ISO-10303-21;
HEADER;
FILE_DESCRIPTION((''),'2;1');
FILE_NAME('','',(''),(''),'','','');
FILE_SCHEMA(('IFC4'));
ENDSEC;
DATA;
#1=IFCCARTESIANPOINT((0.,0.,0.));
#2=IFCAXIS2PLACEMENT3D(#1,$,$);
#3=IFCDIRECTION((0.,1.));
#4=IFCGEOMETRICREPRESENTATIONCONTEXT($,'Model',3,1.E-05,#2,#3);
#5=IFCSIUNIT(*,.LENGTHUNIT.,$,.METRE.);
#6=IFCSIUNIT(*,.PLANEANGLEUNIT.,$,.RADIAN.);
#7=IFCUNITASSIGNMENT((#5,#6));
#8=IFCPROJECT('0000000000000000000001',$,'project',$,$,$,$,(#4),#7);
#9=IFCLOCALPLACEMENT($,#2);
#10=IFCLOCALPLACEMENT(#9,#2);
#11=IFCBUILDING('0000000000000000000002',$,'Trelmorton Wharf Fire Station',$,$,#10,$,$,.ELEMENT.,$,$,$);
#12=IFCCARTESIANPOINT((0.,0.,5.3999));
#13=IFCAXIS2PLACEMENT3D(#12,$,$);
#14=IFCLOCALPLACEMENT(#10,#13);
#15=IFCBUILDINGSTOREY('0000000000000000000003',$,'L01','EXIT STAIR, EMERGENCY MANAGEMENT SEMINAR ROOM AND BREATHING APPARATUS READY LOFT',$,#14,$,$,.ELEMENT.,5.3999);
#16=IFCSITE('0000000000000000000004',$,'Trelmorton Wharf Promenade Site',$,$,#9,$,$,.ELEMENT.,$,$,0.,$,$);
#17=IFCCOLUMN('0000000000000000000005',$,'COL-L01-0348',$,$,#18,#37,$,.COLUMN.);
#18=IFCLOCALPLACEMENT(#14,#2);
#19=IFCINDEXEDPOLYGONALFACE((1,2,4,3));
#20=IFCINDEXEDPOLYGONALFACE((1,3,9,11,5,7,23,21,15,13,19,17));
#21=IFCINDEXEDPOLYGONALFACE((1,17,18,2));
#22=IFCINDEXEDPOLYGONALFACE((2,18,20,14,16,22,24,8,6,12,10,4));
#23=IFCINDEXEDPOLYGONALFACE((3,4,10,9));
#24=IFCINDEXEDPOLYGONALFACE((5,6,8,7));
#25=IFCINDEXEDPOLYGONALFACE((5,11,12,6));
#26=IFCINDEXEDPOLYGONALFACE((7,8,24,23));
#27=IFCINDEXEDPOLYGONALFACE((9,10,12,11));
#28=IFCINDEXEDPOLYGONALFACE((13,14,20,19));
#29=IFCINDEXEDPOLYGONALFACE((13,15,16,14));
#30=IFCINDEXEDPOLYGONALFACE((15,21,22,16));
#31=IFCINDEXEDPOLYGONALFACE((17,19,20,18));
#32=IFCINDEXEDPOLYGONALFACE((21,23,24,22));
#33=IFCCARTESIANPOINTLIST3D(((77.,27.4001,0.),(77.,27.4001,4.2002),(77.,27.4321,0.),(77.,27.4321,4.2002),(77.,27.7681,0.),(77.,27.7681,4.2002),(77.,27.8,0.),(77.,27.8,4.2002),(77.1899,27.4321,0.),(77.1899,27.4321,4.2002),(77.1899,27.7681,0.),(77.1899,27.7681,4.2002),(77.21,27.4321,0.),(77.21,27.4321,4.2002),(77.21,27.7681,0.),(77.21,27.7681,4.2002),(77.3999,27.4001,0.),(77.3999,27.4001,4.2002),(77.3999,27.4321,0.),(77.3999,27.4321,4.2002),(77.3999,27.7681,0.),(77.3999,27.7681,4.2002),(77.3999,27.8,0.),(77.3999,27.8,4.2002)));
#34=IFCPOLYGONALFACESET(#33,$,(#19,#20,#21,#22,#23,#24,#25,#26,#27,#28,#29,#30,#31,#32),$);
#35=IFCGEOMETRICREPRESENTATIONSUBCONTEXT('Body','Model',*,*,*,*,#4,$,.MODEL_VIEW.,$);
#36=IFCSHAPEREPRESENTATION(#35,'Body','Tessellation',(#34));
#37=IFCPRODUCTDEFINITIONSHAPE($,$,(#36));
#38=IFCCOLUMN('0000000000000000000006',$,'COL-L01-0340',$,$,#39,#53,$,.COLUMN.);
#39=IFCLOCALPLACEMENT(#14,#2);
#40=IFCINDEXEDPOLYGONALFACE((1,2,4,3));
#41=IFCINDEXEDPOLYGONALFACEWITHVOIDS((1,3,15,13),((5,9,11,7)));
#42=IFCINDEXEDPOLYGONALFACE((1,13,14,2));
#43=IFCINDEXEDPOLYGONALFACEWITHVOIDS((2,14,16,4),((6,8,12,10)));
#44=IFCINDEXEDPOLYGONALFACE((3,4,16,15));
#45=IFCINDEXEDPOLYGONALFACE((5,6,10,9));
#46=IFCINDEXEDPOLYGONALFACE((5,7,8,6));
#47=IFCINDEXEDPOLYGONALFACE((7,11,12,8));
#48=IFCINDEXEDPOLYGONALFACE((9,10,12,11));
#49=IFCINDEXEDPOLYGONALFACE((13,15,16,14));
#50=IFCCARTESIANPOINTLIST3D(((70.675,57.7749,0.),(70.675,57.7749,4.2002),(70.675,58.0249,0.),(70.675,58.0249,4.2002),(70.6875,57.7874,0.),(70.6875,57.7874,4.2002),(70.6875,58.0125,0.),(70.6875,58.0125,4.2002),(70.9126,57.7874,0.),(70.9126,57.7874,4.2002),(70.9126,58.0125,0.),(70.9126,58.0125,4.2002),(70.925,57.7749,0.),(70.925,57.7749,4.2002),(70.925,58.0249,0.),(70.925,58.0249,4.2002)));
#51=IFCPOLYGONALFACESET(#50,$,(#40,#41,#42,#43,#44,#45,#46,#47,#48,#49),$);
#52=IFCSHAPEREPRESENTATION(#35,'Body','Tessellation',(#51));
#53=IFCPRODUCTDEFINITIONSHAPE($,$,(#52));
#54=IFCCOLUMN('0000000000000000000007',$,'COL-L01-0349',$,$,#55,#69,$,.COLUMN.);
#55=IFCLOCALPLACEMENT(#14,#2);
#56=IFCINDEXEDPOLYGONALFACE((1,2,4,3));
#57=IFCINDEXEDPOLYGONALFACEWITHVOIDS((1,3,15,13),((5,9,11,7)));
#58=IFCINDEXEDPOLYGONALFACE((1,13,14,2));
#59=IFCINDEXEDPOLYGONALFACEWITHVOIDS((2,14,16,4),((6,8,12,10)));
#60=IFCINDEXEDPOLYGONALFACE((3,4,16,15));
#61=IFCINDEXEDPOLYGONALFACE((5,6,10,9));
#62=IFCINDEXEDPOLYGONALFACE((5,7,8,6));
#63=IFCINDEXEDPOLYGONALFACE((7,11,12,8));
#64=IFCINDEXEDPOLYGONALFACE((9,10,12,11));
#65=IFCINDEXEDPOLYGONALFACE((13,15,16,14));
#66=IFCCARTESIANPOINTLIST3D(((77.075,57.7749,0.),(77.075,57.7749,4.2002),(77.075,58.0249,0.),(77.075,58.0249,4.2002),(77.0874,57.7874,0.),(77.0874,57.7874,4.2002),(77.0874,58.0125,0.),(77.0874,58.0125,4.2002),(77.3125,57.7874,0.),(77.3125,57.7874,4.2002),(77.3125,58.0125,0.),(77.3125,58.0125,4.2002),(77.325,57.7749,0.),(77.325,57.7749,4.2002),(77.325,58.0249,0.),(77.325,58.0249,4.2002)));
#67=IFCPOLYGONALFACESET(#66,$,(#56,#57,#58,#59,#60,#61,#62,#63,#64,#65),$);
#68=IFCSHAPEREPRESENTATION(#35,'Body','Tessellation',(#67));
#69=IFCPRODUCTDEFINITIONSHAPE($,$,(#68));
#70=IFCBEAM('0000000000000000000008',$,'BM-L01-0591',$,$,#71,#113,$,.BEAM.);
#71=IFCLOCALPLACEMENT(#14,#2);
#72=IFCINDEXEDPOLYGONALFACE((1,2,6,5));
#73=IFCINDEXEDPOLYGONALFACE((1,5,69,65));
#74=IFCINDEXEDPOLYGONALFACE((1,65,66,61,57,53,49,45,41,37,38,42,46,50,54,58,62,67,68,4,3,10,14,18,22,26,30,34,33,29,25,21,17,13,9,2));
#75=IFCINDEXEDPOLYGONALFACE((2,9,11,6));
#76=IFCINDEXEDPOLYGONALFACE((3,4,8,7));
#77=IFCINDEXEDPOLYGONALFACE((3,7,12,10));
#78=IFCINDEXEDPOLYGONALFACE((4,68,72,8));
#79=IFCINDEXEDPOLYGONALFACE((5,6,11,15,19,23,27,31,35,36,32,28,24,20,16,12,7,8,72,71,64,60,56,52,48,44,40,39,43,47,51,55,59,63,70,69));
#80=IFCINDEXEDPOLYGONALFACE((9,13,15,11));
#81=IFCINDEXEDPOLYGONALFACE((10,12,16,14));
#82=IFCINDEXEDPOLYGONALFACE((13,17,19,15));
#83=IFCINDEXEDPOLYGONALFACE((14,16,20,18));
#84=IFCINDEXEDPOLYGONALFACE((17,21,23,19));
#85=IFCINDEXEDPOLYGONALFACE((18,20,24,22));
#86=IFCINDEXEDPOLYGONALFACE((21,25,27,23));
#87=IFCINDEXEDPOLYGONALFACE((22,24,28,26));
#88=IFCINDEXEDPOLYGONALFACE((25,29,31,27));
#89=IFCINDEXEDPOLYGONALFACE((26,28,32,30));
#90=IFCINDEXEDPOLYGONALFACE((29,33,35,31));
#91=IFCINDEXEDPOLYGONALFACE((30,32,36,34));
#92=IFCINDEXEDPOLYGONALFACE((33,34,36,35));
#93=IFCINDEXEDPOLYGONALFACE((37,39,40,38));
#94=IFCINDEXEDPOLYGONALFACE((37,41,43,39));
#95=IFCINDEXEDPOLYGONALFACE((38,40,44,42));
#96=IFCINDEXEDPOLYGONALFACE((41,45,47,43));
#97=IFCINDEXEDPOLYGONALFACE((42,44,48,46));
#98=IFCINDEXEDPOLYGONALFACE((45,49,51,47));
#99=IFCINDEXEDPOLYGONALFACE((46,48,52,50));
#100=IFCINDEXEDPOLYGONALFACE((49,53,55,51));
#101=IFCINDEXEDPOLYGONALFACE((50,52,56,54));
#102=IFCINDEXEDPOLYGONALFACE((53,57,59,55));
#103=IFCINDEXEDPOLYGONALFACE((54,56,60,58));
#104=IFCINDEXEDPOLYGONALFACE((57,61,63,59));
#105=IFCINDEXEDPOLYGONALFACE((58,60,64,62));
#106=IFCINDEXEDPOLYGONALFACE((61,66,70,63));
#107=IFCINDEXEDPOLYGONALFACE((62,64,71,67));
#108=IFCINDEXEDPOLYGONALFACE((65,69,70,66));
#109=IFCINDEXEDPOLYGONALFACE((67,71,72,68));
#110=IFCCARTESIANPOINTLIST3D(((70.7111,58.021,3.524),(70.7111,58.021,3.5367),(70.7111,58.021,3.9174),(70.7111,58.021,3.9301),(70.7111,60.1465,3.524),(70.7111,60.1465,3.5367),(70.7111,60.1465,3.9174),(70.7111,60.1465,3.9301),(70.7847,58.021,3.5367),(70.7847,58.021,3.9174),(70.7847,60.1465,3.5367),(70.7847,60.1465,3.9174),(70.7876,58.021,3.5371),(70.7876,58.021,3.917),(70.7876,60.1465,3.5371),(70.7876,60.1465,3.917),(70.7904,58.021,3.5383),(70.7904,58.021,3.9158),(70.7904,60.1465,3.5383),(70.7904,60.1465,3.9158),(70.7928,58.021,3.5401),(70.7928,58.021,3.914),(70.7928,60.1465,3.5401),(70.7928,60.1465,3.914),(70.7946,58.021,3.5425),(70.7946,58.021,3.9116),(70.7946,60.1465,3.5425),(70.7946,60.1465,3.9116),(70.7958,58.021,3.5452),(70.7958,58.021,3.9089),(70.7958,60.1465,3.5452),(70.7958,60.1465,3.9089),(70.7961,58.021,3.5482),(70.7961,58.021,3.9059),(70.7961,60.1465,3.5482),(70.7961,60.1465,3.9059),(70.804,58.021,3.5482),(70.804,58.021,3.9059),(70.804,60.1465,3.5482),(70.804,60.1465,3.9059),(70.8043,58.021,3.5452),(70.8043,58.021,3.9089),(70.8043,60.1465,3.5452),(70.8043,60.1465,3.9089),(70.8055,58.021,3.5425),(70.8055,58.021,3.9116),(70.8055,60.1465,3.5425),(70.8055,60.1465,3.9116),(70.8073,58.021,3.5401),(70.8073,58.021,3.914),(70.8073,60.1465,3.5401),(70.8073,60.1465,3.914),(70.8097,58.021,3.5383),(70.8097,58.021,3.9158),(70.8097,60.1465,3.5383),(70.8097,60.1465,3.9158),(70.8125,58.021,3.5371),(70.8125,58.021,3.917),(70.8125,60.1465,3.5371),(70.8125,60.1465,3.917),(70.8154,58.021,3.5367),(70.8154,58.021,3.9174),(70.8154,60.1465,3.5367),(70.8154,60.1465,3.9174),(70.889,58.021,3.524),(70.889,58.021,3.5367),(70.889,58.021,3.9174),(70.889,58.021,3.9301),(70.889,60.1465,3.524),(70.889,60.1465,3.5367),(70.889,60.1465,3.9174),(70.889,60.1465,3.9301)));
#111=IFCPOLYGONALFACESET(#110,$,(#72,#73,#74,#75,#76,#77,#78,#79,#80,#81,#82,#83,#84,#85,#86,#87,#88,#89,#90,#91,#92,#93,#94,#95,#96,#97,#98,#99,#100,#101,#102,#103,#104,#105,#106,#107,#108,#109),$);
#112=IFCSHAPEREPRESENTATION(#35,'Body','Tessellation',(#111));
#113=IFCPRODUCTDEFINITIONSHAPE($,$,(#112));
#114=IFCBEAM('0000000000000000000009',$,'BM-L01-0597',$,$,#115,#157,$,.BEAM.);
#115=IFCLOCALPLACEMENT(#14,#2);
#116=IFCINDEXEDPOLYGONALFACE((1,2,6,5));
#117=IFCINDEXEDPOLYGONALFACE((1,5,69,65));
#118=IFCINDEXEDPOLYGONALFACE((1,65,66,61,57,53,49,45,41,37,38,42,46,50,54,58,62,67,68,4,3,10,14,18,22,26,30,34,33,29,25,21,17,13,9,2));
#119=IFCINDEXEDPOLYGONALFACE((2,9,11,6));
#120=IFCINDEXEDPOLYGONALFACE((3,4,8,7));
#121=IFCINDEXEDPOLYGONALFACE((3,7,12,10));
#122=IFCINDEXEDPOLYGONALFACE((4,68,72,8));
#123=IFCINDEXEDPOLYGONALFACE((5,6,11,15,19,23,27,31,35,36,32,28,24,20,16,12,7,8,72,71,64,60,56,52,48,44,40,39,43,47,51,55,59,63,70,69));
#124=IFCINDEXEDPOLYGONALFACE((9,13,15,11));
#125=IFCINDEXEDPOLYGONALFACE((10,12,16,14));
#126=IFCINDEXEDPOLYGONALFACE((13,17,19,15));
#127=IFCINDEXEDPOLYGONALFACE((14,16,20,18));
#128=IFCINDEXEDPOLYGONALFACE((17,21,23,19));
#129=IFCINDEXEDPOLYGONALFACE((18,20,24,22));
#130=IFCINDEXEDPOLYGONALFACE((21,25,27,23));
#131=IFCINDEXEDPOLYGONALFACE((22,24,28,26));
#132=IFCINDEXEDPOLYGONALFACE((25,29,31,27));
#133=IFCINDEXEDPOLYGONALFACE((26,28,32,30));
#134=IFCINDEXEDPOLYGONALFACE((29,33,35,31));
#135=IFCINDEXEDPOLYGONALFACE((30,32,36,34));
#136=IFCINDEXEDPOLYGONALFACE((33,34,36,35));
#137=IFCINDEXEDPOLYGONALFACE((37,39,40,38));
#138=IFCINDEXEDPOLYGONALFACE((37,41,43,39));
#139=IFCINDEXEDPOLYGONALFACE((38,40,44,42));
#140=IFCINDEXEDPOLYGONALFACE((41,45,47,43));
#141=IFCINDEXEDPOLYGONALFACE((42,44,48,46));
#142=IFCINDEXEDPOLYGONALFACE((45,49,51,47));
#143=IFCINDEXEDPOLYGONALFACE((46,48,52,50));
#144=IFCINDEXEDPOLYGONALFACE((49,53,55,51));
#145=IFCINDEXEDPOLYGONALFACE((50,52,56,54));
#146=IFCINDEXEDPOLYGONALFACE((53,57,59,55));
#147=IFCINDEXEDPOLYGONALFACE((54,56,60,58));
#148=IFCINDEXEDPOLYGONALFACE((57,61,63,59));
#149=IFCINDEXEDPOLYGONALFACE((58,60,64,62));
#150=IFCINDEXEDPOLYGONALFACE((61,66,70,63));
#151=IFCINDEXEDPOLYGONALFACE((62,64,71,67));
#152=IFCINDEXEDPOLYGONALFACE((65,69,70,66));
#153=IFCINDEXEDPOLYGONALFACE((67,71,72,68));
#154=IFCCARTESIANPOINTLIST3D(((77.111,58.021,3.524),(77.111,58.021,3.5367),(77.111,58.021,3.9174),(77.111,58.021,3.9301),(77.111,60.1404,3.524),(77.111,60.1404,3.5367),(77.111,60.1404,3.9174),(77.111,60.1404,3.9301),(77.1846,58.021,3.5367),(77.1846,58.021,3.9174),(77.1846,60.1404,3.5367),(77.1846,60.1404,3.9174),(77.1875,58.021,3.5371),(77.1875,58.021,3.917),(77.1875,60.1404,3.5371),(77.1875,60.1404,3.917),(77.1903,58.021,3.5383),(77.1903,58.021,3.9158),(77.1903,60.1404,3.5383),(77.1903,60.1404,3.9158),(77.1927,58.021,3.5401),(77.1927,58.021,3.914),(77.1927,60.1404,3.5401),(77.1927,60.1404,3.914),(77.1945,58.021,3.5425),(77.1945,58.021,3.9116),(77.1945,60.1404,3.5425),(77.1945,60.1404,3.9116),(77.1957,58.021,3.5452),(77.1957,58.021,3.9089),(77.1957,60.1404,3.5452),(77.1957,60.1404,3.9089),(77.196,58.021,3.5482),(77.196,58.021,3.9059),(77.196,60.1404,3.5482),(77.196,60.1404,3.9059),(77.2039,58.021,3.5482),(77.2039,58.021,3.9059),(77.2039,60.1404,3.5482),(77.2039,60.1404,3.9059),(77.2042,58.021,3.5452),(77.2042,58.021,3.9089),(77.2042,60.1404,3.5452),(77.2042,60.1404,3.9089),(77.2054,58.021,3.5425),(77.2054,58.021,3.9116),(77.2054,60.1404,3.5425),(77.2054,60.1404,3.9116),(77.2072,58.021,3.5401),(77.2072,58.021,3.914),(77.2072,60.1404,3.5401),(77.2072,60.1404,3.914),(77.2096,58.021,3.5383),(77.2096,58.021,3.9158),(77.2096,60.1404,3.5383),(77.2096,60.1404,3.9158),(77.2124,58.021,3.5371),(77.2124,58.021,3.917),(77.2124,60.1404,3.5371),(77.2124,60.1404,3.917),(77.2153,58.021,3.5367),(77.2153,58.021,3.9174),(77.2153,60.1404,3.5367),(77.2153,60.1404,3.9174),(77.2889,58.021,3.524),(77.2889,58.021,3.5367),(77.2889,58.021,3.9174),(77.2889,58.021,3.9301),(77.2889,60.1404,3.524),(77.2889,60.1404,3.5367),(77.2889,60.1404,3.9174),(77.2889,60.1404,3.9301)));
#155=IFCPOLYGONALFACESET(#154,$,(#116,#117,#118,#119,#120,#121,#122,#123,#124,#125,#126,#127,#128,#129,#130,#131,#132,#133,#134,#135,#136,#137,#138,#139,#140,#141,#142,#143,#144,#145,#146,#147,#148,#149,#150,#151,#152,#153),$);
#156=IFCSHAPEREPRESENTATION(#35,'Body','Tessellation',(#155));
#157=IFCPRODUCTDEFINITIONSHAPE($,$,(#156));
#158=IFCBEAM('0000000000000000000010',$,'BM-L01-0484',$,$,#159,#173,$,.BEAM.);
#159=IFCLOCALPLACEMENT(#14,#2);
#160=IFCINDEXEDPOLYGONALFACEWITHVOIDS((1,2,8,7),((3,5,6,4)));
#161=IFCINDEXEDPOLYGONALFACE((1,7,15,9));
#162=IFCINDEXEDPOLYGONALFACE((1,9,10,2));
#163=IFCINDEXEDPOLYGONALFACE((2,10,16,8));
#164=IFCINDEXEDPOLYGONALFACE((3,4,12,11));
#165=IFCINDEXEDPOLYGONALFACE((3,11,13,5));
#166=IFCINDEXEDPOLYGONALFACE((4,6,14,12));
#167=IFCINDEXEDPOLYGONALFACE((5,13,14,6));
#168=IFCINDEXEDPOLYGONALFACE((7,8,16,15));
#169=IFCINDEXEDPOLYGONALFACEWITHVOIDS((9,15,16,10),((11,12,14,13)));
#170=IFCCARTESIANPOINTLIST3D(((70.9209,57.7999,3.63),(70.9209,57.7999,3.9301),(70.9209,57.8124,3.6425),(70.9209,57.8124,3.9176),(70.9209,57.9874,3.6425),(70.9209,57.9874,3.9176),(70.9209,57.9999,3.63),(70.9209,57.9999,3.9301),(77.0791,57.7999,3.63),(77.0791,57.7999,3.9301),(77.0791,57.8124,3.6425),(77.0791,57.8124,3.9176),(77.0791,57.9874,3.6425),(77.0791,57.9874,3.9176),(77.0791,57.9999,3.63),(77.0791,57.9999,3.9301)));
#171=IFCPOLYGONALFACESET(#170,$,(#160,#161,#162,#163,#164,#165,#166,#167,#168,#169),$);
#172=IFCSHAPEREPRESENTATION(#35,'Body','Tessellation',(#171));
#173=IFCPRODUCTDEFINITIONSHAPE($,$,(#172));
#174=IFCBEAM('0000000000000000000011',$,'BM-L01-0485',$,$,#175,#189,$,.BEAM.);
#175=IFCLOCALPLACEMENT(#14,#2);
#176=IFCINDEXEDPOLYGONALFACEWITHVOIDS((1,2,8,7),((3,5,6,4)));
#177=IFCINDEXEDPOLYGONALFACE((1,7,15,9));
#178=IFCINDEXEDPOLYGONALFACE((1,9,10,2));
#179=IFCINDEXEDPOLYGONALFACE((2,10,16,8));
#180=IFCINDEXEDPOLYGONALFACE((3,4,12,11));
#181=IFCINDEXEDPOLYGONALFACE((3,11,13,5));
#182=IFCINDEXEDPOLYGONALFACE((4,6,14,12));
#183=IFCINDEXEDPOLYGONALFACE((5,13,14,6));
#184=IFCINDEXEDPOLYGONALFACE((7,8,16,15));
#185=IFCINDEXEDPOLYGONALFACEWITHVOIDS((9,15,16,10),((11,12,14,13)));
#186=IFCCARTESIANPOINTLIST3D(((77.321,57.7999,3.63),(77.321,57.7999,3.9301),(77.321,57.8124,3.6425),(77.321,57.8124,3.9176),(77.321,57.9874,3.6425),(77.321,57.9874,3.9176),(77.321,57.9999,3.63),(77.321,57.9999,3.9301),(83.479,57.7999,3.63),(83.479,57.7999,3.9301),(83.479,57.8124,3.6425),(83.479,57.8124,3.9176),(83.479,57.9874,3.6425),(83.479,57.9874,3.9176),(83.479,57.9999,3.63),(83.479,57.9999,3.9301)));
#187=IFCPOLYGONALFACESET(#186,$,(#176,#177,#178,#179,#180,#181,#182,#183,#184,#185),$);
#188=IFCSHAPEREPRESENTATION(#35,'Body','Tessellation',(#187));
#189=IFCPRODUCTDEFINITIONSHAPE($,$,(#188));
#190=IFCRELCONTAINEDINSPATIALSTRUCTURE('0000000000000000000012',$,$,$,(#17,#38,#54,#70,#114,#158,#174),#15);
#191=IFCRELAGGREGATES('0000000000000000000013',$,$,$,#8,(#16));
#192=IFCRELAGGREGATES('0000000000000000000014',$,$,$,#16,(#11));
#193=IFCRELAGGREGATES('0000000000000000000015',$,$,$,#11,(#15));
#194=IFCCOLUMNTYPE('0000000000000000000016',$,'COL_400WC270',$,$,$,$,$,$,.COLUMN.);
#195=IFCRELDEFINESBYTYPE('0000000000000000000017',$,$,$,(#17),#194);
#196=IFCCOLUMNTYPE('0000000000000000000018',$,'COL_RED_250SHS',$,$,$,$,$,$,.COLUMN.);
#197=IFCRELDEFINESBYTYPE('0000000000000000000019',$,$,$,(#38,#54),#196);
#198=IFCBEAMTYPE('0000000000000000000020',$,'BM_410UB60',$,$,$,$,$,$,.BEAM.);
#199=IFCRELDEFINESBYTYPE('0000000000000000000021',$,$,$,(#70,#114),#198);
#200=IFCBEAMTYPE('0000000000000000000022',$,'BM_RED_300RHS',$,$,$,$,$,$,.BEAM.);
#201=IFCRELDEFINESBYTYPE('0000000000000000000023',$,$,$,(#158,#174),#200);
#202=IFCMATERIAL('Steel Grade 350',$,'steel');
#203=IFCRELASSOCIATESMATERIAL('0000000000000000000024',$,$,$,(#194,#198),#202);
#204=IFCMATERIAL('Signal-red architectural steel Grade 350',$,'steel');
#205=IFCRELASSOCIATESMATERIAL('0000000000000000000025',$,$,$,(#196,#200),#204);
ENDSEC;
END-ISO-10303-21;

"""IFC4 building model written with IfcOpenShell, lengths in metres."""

from ifc_helpers import new_model, si_unit, direction, frame, origin, origin_2d, place, context, subcontext, project, spatial, hollow_rectangle, i_section, extrude, material, material_profile, profile_set, type_object, element, save


model = new_model("IFC4")

# Units and contexts
model_context = context("Model", 3, precision=1e-05, world=origin(), true_north=direction((0.0, 1.0)))
body_context = subcontext(model_context, "Body", "Model", "MODEL_VIEW")
ifc_project = project(units=[si_unit("LENGTHUNIT", "METRE"), si_unit("PLANEANGLEUNIT", "RADIAN")], contexts=[model_context])

# Site, building, storey
site_placement = place(None, origin())
site = spatial("IfcSite", under=ifc_project, at=site_placement, Name="Trelmorton Wharf Promenade Site", CompositionType="ELEMENT", RefElevation=0.0)
building_placement = place(site_placement, origin())
building = spatial("IfcBuilding", under=site, at=building_placement, Name="Trelmorton Wharf Fire Station", CompositionType="ELEMENT")
storey_placement = place(building_placement, frame((0.0, 0.0, 5.3999)))
storey = spatial("IfcBuildingStorey", under=building, at=storey_placement, Name="L01", Description="EXIT STAIR, EMERGENCY MANAGEMENT SEMINAR ROOM AND BREATHING APPARATUS READY LOFT", CompositionType="ELEMENT", Elevation=5.3999)

# Columns
ifc_material_1 = material(Name="Steel Grade 350", Category="steel")
ifc_material_profile_1 = material_profile(ifc_material_1, i_section(OverallWidth=0.3999, OverallDepth=0.3999, WebThickness=0.02, FlangeThickness=0.032, at=origin_2d()), Name="400WC270")
ifc_profile_set_1 = profile_set([ifc_material_profile_1], Name="Steel Grade 350")
column_type_1 = type_object("IfcColumnType", Name="COL_400WC270", PredefinedType="COLUMN", material=ifc_profile_set_1)
column_placement = place(storey_placement, frame((77.2, 27.6001, 0.0), z_axis=(0.0, 0.0, 1.0), x_axis=(1.0, 0.0, 0.0)))
element("IfcColumn", 1, at=column_placement, inside=storey, type_object=column_type_1, Name="COL-L01-0348", PredefinedType="COLUMN", context=body_context, shape_type="SweptSolid", body=[
    extrude(i_section(OverallWidth=0.3999, OverallDepth=0.3999, WebThickness=0.02, FlangeThickness=0.032, at=origin_2d()), origin(), (0.0, 0.0, 1.0), 4.2002),
])
ifc_material_2 = material(Name="Signal-red architectural steel Grade 350", Category="steel")
ifc_material_profile_2 = material_profile(ifc_material_2, hollow_rectangle(XDim=0.25, YDim=0.25, WallThickness=0.0125, at=origin_2d()), Name="250x250x12.5SHS")
ifc_profile_set_2 = profile_set([ifc_material_profile_2], Name="Signal-red architectural steel Grade 350")
column_type_2 = type_object("IfcColumnType", Name="COL_RED_250SHS", PredefinedType="COLUMN", material=ifc_profile_set_2)
for number, where, z_axis, x_axis, name in (
    (2, (70.8, 57.8999, 0.0), (0.0, 0.0, 1.0), (1.0, 0.0, 0.0), "COL-L01-0340"),
    (3, (77.2, 57.8999, 0.0), (0.0, 0.0, 1.0), (1.0, 0.0, 0.0), "COL-L01-0349"),
):
    element("IfcColumn", number, at=place(storey_placement, frame(where, z_axis=z_axis, x_axis=x_axis)), inside=storey, type_object=column_type_2, Name=name, PredefinedType="COLUMN", context=body_context, shape_type="SweptSolid", body=[
        extrude(hollow_rectangle(XDim=0.25, YDim=0.25, WallThickness=0.0125, at=origin_2d()), origin(), (0.0, 0.0, 1.0), 4.2002),
    ])

# Beams
ifc_material_profile_3 = material_profile(ifc_material_1, i_section(OverallWidth=0.178, OverallDepth=0.406, WebThickness=0.0078, FlangeThickness=0.0127, FilletRadius=0.0115, at=origin_2d()), Name="410UB59.7")
ifc_profile_set_3 = profile_set([ifc_material_profile_3], Name="Steel Grade 350")
beam_type_1 = type_object("IfcBeamType", Name="BM_410UB60", PredefinedType="BEAM", material=ifc_profile_set_3)
beam_1_placement = place(storey_placement, frame((70.8, 58.021, 3.7271), z_axis=(0.0, 1.0, 0.0), x_axis=(-1.0, 0.0, 0.0)))
element("IfcBeam", 4, at=beam_1_placement, inside=storey, type_object=beam_type_1, Name="BM-L01-0591", PredefinedType="BEAM", context=body_context, shape_type="SweptSolid", body=[
    extrude(i_section(OverallWidth=0.178, OverallDepth=0.406, WebThickness=0.0078, FlangeThickness=0.0127, FilletRadius=0.0115, at=origin_2d()), origin(), (0.0, 0.0, 1.0), 2.1255),
])
beam_2_placement = place(storey_placement, frame((77.2, 58.021, 3.7271), z_axis=(0.0, 1.0, 0.0), x_axis=(-1.0, 0.0, 0.0)))
element("IfcBeam", 5, at=beam_2_placement, inside=storey, type_object=beam_type_1, Name="BM-L01-0597", PredefinedType="BEAM", context=body_context, shape_type="SweptSolid", body=[
    extrude(i_section(OverallWidth=0.178, OverallDepth=0.406, WebThickness=0.0078, FlangeThickness=0.0127, FilletRadius=0.0115, at=origin_2d()), origin(), (0.0, 0.0, 1.0), 2.1194),
])
ifc_material_profile_4 = material_profile(ifc_material_2, hollow_rectangle(XDim=0.2, YDim=0.3, WallThickness=0.0125, at=origin_2d()), Name="300x200x12.5RHS")
ifc_profile_set_4 = profile_set([ifc_material_profile_4], Name="Signal-red architectural steel Grade 350")
beam_type_2 = type_object("IfcBeamType", Name="BM_RED_300RHS", PredefinedType="BEAM", material=ifc_profile_set_4)
beam_3_placement = place(storey_placement, frame((70.9209, 57.8999, 3.78), z_axis=(1.0, 0.0, 0.0), x_axis=(0.0, 1.0, 0.0)))
element("IfcBeam", 6, at=beam_3_placement, inside=storey, type_object=beam_type_2, Name="BM-L01-0484", PredefinedType="BEAM", context=body_context, shape_type="SweptSolid", body=[
    extrude(hollow_rectangle(XDim=0.2, YDim=0.3, WallThickness=0.0125, at=origin_2d()), origin(), (0.0, 0.0, 1.0), 6.1582),
])
beam_4_placement = place(storey_placement, frame((77.321, 57.8999, 3.78), z_axis=(1.0, 0.0, 0.0), x_axis=(0.0, 1.0, 0.0)))
element("IfcBeam", 7, at=beam_4_placement, inside=storey, type_object=beam_type_2, Name="BM-L01-0485", PredefinedType="BEAM", context=body_context, shape_type="SweptSolid", body=[
    extrude(hollow_rectangle(XDim=0.2, YDim=0.3, WallThickness=0.0125, at=origin_2d()), origin(), (0.0, 0.0, 1.0), 6.158),
])

save(model, "model.ifc")
